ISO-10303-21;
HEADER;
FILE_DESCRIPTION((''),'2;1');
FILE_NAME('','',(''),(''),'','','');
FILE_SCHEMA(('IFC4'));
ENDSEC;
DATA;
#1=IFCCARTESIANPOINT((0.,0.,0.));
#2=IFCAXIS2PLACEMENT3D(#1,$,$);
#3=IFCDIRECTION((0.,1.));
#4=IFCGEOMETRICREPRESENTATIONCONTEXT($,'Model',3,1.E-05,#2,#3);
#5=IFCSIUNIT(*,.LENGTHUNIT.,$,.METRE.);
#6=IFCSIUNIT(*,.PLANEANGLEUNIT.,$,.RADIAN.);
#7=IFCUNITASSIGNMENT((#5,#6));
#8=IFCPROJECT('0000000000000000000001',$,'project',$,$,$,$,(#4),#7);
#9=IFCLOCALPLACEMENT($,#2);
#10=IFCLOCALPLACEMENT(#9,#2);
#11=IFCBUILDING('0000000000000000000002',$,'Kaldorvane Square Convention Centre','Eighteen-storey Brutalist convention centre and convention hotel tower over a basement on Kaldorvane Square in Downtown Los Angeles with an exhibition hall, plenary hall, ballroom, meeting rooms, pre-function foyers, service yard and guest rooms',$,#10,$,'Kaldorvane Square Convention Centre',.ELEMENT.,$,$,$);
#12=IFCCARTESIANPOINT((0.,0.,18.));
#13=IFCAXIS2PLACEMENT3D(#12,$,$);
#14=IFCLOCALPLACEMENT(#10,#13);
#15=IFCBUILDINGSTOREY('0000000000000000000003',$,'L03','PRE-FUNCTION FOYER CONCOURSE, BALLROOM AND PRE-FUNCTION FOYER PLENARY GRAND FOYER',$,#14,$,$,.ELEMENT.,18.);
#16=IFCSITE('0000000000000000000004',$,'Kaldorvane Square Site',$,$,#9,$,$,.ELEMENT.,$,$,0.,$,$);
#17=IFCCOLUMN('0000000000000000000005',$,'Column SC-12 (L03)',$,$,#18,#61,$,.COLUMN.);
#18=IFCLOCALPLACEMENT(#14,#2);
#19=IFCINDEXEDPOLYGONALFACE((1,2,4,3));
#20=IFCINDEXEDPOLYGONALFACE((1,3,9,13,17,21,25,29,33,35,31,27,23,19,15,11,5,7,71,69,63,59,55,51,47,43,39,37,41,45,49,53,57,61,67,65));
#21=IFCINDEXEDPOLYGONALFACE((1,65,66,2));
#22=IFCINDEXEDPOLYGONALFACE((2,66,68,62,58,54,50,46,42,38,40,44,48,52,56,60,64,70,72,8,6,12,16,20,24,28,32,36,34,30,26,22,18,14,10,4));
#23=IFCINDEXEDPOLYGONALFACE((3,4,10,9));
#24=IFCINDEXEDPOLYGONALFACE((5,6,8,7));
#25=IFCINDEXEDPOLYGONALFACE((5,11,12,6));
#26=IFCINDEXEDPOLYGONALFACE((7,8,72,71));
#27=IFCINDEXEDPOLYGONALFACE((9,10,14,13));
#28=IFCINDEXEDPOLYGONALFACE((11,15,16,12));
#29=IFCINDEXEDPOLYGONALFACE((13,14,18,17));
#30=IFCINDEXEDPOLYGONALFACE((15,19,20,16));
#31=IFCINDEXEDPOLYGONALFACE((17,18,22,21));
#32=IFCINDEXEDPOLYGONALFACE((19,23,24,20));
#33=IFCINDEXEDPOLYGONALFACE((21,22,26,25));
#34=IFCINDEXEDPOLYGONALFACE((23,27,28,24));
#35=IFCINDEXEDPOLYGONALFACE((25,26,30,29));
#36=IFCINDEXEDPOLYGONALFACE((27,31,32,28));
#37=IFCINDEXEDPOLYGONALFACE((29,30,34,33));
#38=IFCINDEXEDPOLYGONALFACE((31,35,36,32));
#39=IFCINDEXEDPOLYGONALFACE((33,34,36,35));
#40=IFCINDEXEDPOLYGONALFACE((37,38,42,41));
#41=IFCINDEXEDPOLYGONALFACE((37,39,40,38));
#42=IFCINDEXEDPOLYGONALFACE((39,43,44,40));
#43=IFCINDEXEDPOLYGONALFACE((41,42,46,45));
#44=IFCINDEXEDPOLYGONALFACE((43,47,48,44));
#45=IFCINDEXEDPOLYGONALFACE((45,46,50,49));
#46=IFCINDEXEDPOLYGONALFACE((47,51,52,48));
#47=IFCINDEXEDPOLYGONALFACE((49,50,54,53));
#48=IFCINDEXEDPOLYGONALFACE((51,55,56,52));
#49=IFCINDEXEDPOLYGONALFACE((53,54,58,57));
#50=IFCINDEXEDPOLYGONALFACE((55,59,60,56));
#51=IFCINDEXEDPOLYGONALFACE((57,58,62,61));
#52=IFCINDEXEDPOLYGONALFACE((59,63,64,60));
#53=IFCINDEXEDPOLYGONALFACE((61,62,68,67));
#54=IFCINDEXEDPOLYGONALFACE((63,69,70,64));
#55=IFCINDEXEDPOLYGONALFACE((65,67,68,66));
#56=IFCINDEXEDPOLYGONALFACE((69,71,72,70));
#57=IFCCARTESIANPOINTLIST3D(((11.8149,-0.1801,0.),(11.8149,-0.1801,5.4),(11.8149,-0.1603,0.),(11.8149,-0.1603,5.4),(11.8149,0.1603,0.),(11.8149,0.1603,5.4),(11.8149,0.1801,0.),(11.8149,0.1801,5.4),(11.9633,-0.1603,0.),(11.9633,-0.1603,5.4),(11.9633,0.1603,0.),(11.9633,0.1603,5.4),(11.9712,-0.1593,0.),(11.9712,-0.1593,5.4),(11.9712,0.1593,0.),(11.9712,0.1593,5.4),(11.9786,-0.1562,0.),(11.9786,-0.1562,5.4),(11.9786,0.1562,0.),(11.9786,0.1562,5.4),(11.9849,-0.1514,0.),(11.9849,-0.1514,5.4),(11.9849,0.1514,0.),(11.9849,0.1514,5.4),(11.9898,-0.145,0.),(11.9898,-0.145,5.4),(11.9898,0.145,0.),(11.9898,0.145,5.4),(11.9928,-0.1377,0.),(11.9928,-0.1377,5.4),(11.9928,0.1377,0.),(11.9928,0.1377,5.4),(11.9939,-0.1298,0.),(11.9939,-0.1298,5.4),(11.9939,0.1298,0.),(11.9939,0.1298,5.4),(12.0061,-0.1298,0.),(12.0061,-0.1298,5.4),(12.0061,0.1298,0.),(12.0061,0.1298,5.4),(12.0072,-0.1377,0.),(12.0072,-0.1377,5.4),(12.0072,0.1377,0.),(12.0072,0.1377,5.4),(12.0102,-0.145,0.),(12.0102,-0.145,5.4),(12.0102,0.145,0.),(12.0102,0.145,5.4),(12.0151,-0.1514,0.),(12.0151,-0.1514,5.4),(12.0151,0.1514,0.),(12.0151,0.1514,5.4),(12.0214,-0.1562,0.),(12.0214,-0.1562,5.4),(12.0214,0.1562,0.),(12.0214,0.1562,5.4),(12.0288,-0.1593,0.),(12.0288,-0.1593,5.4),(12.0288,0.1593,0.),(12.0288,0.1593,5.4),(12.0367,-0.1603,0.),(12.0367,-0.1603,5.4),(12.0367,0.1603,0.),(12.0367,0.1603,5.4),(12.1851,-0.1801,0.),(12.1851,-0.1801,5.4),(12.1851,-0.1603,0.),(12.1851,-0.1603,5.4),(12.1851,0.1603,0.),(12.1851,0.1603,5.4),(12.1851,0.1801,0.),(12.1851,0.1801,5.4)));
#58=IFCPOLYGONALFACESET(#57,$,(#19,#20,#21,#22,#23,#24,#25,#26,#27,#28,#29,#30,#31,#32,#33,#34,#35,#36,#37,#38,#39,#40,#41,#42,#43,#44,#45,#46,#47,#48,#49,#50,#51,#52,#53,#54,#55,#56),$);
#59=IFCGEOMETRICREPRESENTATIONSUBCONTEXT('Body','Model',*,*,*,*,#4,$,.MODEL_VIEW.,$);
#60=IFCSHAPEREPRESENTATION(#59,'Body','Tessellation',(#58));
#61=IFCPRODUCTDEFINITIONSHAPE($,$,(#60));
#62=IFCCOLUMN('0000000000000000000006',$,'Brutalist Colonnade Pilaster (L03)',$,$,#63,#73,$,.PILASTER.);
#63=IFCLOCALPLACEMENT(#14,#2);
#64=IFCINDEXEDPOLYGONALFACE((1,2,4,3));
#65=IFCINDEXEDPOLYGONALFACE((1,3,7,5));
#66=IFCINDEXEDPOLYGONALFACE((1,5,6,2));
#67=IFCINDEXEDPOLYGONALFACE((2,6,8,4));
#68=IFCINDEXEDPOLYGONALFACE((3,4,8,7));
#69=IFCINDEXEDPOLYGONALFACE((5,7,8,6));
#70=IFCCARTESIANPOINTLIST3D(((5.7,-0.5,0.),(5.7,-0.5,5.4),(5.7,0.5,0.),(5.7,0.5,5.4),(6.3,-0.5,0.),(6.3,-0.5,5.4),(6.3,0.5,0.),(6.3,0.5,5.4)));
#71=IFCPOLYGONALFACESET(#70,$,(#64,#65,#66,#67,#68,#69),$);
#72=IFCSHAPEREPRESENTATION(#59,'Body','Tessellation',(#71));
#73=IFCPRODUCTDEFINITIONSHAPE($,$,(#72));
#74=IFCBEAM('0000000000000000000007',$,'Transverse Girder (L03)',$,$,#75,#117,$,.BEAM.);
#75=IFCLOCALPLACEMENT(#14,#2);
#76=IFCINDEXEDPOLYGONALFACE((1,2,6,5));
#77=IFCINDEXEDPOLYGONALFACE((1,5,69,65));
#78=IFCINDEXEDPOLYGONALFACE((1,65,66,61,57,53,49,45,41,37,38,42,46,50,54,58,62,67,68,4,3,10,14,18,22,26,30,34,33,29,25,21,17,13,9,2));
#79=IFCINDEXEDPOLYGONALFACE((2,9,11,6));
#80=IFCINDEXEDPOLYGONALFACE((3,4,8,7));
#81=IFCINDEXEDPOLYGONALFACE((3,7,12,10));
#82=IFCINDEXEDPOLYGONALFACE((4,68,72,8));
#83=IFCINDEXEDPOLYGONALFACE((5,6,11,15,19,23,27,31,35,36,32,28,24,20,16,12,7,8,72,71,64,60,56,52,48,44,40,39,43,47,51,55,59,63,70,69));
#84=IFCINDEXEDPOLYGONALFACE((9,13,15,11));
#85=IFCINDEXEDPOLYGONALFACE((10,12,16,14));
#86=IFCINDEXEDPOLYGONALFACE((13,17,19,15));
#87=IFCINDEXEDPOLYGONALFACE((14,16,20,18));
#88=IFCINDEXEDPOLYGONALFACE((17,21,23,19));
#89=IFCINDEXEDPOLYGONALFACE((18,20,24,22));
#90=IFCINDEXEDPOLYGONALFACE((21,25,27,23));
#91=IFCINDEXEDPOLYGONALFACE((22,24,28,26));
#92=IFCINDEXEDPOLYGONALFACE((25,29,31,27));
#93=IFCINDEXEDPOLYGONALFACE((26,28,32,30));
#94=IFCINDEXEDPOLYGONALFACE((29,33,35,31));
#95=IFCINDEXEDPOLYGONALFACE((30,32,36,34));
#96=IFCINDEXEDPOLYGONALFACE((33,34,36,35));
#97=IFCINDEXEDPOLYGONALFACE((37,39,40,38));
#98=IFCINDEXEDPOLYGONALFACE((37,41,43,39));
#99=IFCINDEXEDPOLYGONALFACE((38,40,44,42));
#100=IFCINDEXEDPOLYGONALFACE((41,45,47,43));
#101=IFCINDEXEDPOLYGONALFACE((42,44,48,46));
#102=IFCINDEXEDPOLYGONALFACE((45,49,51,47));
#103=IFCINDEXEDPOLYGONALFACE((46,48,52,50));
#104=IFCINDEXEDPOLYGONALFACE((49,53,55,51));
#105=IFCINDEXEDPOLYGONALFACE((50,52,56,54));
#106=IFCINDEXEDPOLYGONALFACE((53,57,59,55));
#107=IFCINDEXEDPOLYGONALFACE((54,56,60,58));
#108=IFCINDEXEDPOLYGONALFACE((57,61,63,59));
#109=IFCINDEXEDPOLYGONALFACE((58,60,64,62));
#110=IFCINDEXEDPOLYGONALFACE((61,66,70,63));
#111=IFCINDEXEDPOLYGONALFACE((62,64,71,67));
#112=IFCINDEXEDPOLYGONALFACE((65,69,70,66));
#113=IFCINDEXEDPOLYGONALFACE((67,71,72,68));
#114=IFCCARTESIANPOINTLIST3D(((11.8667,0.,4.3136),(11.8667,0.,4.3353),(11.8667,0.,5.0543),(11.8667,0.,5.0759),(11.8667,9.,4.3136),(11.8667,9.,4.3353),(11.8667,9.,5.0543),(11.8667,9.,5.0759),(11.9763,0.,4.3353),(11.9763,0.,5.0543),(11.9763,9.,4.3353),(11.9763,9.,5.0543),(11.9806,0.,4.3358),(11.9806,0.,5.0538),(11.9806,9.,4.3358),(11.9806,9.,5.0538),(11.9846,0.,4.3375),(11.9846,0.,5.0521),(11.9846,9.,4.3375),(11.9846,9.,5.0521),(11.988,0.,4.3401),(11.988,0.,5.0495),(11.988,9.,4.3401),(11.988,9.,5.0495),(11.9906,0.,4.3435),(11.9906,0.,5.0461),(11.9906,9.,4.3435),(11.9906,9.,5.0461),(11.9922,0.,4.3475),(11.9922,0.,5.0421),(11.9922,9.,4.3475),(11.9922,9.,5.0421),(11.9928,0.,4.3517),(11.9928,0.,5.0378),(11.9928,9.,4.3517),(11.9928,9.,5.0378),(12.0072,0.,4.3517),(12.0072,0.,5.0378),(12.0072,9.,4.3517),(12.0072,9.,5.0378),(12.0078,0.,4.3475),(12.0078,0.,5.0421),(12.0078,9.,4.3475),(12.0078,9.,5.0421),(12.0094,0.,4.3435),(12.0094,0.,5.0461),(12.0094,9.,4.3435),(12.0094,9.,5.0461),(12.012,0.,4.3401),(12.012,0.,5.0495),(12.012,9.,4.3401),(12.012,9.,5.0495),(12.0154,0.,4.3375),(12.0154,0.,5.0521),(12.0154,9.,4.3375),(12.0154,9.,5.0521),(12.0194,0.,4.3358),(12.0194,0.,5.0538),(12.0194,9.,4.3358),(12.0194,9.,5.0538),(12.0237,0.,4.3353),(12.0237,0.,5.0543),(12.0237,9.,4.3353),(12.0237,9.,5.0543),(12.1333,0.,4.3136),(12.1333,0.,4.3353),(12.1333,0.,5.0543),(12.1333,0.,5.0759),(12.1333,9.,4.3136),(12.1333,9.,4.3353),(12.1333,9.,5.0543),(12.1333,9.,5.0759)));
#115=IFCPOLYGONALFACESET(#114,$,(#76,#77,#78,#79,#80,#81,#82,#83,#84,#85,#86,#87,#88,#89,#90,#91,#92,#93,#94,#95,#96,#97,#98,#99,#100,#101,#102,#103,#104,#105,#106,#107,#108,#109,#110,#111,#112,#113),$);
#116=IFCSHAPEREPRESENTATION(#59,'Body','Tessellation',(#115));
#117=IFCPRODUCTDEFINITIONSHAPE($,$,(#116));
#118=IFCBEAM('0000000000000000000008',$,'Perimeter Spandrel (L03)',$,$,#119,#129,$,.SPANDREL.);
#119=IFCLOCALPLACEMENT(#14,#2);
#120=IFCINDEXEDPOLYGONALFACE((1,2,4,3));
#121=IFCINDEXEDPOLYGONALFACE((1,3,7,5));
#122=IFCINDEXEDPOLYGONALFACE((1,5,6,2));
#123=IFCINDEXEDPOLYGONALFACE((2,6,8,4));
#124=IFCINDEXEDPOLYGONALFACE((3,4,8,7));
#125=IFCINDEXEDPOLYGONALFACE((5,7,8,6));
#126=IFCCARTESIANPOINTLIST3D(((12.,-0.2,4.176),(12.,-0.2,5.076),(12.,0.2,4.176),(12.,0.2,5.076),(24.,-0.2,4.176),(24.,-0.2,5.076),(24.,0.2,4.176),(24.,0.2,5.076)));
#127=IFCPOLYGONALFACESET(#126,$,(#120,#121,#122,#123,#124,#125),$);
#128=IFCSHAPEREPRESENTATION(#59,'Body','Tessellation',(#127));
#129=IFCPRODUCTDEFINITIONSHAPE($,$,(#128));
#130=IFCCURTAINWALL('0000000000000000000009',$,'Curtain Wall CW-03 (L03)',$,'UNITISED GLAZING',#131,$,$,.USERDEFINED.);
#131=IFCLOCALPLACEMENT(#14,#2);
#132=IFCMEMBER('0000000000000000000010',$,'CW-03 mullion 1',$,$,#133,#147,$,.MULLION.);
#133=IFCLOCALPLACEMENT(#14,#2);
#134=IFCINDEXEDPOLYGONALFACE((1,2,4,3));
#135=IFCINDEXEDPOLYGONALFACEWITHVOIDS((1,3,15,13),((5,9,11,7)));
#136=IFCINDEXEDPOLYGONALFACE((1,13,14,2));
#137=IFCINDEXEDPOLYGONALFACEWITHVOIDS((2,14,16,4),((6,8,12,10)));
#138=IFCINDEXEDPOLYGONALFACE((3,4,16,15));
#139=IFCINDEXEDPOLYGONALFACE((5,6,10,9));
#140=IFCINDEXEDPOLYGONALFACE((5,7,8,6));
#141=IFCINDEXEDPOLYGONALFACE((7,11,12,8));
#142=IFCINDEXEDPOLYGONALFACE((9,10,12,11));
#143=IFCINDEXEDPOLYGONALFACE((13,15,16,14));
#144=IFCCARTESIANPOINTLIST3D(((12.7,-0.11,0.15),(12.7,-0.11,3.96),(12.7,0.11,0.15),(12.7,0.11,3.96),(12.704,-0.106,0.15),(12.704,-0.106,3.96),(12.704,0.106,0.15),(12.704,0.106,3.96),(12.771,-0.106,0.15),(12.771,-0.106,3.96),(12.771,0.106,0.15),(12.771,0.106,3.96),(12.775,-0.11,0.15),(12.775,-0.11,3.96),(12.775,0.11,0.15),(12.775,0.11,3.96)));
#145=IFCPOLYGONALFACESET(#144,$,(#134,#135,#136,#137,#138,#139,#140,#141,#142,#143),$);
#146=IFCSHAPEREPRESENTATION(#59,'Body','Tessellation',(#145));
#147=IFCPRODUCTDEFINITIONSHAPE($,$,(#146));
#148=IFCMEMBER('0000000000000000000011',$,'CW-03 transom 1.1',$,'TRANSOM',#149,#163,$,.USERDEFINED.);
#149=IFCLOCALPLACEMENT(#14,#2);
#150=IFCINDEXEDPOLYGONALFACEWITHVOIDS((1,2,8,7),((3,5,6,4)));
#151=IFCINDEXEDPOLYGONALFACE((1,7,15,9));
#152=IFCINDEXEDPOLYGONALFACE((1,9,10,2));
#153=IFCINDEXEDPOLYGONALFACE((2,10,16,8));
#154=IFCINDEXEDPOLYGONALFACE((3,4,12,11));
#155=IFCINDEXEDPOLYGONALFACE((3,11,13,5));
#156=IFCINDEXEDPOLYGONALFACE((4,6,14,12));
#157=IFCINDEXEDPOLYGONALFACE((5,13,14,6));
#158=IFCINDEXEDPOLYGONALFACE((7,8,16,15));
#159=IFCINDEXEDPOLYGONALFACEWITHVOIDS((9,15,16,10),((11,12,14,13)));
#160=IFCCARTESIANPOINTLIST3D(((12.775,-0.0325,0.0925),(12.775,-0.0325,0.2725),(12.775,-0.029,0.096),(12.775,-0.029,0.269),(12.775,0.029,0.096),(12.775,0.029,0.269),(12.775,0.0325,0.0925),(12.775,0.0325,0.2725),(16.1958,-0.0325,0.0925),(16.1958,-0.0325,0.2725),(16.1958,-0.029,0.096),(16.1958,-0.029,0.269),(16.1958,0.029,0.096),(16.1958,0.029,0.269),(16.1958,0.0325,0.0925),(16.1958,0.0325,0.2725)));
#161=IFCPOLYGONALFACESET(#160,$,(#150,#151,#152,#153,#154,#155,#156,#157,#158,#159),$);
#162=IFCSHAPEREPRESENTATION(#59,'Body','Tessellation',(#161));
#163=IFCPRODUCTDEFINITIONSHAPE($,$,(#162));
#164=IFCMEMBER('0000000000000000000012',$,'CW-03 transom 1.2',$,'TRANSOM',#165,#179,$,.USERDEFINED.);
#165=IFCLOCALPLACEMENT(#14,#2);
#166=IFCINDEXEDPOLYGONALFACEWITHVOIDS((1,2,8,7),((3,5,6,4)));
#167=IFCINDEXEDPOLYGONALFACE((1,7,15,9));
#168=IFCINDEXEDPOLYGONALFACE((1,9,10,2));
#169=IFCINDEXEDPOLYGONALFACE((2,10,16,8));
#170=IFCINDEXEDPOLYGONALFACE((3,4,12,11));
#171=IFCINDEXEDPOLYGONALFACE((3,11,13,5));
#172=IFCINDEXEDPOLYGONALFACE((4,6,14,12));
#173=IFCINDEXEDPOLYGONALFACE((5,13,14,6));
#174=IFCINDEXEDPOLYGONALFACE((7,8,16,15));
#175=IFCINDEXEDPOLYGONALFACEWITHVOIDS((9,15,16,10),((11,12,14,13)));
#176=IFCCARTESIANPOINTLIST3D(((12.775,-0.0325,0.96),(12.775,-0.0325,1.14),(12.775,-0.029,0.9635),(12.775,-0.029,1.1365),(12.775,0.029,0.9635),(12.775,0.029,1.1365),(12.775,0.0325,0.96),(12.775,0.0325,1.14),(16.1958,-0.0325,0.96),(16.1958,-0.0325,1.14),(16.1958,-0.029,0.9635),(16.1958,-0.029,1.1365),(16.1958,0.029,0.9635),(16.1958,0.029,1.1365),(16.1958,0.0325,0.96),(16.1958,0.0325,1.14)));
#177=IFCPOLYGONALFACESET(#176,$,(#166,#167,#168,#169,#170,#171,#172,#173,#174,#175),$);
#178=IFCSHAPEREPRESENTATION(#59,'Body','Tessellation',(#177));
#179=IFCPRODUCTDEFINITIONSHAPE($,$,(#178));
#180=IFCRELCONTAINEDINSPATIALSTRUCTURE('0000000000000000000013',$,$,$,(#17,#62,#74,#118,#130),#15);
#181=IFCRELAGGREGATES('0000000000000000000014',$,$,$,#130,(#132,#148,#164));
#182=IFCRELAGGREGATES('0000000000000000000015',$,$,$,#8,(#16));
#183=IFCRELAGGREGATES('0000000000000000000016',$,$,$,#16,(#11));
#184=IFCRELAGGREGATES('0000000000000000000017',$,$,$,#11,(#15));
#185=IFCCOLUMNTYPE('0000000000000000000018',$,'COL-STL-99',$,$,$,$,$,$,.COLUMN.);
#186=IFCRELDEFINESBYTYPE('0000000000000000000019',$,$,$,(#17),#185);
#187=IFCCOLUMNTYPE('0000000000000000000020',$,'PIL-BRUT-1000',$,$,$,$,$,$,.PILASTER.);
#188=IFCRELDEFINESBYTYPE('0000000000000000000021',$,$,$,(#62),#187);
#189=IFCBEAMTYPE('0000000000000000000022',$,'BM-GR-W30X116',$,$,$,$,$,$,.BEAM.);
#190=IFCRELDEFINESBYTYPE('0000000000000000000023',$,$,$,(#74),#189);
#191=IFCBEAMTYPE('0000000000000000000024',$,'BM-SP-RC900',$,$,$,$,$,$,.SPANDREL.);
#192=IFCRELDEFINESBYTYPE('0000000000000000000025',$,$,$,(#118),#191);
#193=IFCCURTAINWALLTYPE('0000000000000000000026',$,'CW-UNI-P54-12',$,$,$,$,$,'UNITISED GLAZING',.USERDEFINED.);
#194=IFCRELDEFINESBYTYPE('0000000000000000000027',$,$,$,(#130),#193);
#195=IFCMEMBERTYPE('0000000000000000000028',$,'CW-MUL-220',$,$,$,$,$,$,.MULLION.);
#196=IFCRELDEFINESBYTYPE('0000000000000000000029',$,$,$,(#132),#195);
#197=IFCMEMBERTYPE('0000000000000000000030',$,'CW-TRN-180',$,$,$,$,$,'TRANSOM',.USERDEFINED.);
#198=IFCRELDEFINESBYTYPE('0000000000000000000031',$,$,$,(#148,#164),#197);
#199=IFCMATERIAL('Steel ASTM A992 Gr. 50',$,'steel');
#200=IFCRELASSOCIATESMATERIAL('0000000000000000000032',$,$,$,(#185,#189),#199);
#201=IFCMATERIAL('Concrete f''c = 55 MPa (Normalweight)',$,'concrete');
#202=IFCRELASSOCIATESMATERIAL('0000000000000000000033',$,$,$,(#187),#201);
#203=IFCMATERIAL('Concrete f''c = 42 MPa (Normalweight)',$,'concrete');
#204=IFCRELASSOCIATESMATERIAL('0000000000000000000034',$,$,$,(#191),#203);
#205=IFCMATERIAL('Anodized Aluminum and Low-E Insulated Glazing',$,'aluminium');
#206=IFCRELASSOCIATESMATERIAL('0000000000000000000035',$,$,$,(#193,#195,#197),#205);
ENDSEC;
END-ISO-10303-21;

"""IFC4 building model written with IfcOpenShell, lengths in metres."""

from ifc_helpers import new_model, si_unit, direction, frame, origin, origin_2d, place, context, subcontext, project, spatial, rectangle, hollow_rectangle, i_section, extrude, material, material_profile, profile_set, type_object, element, aggregate, save


model = new_model("IFC4")

# Units and contexts
model_context = context("Model", 3, precision=1e-05, world=origin(), true_north=direction((0.0, 1.0)))
body_context = subcontext(model_context, "Body", "Model", "MODEL_VIEW")
ifc_project = project(units=[si_unit("LENGTHUNIT", "METRE"), si_unit("PLANEANGLEUNIT", "RADIAN")], contexts=[model_context])

# Site, building, storey
site_placement = place(None, origin())
site = spatial("IfcSite", under=ifc_project, at=site_placement, Name="Kaldorvane Square Site", CompositionType="ELEMENT", RefElevation=0.0)
building_placement = place(site_placement, origin())
building = spatial("IfcBuilding", under=site, at=building_placement, Name="Kaldorvane Square Convention Centre", Description="Eighteen-storey Brutalist convention centre and convention hotel tower over a basement on Kaldorvane Square in Downtown Los Angeles with an exhibition hall, plenary hall, ballroom, meeting rooms, pre-function foyers, service yard and guest rooms", LongName="Kaldorvane Square Convention Centre", CompositionType="ELEMENT")
storey_placement = place(building_placement, frame((0.0, 0.0, 18.0)))
storey = spatial("IfcBuildingStorey", under=building, at=storey_placement, Name="L03", Description="PRE-FUNCTION FOYER CONCOURSE, BALLROOM AND PRE-FUNCTION FOYER PLENARY GRAND FOYER", CompositionType="ELEMENT", Elevation=18.0)

# Columns
ifc_material_1 = material(Name="Steel ASTM A992 Gr. 50", Category="steel")
ifc_material_profile_1 = material_profile(ifc_material_1, i_section(OverallWidth=0.3701, OverallDepth=0.3602, WebThickness=0.0123, FlangeThickness=0.0198, FilletRadius=0.0305, at=origin_2d()), Name="W14X99")
ifc_profile_set_1 = profile_set([ifc_material_profile_1], Name="Steel ASTM A992 Gr. 50")
column_type_1 = type_object("IfcColumnType", Name="COL-STL-99", PredefinedType="COLUMN", material=ifc_profile_set_1)
column_1_placement = place(storey_placement, frame((12.0, 0.0, 0.0), z_axis=(0.0, 0.0, 1.0), x_axis=(1.0, 0.0, 0.0)))
element("IfcColumn", 1, at=column_1_placement, inside=storey, type_object=column_type_1, Name="Column SC-12 (L03)", PredefinedType="COLUMN", context=body_context, shape_type="SweptSolid", body=[
    extrude(i_section(OverallWidth=0.3701, OverallDepth=0.3602, WebThickness=0.0123, FlangeThickness=0.0198, FilletRadius=0.0305, at=origin_2d()), origin(), (0.0, 0.0, 1.0), 5.4),
])
ifc_material_2 = material(Name="Concrete f'c = 55 MPa (Normalweight)", Category="concrete")
ifc_material_profile_2 = material_profile(ifc_material_2, rectangle(XDim=0.6, YDim=1.0, at=origin_2d()), Name="PIL1000X600")
ifc_profile_set_2 = profile_set([ifc_material_profile_2], Name="Concrete f'c = 55 MPa (Normalweight)")
column_type_2 = type_object("IfcColumnType", Name="PIL-BRUT-1000", PredefinedType="PILASTER", material=ifc_profile_set_2)
column_2_placement = place(storey_placement, frame((6.0, 0.0, 0.0), z_axis=(0.0, 0.0, 1.0), x_axis=(1.0, 0.0, 0.0)))
element("IfcColumn", 2, at=column_2_placement, inside=storey, type_object=column_type_2, Name="Brutalist Colonnade Pilaster (L03)", PredefinedType="PILASTER", context=body_context, shape_type="SweptSolid", body=[
    extrude(rectangle(XDim=0.6, YDim=1.0, at=origin_2d()), origin(), (0.0, 0.0, 1.0), 5.4),
])

# Beams
ifc_material_profile_3 = material_profile(ifc_material_1, i_section(OverallWidth=0.2666, OverallDepth=0.7623, WebThickness=0.0144, FlangeThickness=0.0216, FilletRadius=0.0165, at=origin_2d()), Name="W30X116")
ifc_profile_set_3 = profile_set([ifc_material_profile_3], Name="Steel ASTM A992 Gr. 50")
beam_type_1 = type_object("IfcBeamType", Name="BM-GR-W30X116", PredefinedType="BEAM", material=ifc_profile_set_3)
beam_1_placement = place(storey_placement, frame((12.0, 0.0, 4.6948), z_axis=(0.0, 1.0, 0.0), x_axis=(-1.0, 0.0, 0.0)))
element("IfcBeam", 3, at=beam_1_placement, inside=storey, type_object=beam_type_1, Name="Transverse Girder (L03)", PredefinedType="BEAM", context=body_context, shape_type="SweptSolid", body=[
    extrude(i_section(OverallWidth=0.2666, OverallDepth=0.7623, WebThickness=0.0144, FlangeThickness=0.0216, FilletRadius=0.0165, at=origin_2d()), origin(), (0.0, 0.0, 1.0), 9.0),
])
ifc_material_3 = material(Name="Concrete f'c = 42 MPa (Normalweight)", Category="concrete")
ifc_material_profile_4 = material_profile(ifc_material_3, rectangle(XDim=0.4, YDim=0.9, at=origin_2d()), Name="RCSP900X400")
ifc_profile_set_4 = profile_set([ifc_material_profile_4], Name="Concrete f'c = 42 MPa (Normalweight)")
beam_type_2 = type_object("IfcBeamType", Name="BM-SP-RC900", PredefinedType="SPANDREL", material=ifc_profile_set_4)
beam_2_placement = place(storey_placement, frame((12.0, 0.0, 4.626), z_axis=(1.0, 0.0, 0.0), x_axis=(0.0, 1.0, 0.0)))
element("IfcBeam", 4, at=beam_2_placement, inside=storey, type_object=beam_type_2, Name="Perimeter Spandrel (L03)", PredefinedType="SPANDREL", context=body_context, shape_type="SweptSolid", body=[
    extrude(rectangle(XDim=0.4, YDim=0.9, at=origin_2d()), origin(), (0.0, 0.0, 1.0), 12.0),
])

# Curtain wall, members
ifc_material_4 = material(Name="Anodized Aluminum and Low-E Insulated Glazing", Category="aluminium")
curtain_wall_type = type_object("IfcCurtainWallType", Name="CW-UNI-P54-12", ElementType="UNITISED GLAZING", PredefinedType="USERDEFINED", material=ifc_material_4)
curtain_wall_placement = place(storey_placement, origin())
curtain_wall = element("IfcCurtainWall", 5, at=curtain_wall_placement, inside=storey, type_object=curtain_wall_type, Name="Curtain Wall CW-03 (L03)", ObjectType="UNITISED GLAZING", PredefinedType="USERDEFINED")
ifc_material_profile_5 = material_profile(ifc_material_4, hollow_rectangle(XDim=0.075, YDim=0.22, WallThickness=0.004, at=origin_2d()), Name="CWM-220X75")
ifc_profile_set_5 = profile_set([ifc_material_profile_5], Name="Anodized Aluminum and Low-E Insulated Glazing")
member_type_1 = type_object("IfcMemberType", Name="CW-MUL-220", PredefinedType="MULLION", material=ifc_profile_set_5)
member_1_placement = place(storey_placement, frame((12.7375, 0.0, 0.15), z_axis=(0.0, 0.0, 1.0), x_axis=(1.0, 0.0, 0.0)))
member_1 = element("IfcMember", 6, at=member_1_placement, type_object=member_type_1, Name="CW-03 mullion 1", PredefinedType="MULLION", context=body_context, shape_type="SweptSolid", body=[
    extrude(hollow_rectangle(XDim=0.075, YDim=0.22, WallThickness=0.004, at=origin_2d()), origin(), (0.0, 0.0, 1.0), 3.81),
])
ifc_material_profile_6 = material_profile(ifc_material_4, hollow_rectangle(XDim=0.065, YDim=0.18, WallThickness=0.0035, at=origin_2d()), Name="CWT-180X65")
ifc_profile_set_6 = profile_set([ifc_material_profile_6], Name="Anodized Aluminum and Low-E Insulated Glazing")
member_type_2 = type_object("IfcMemberType", Name="CW-TRN-180", ElementType="TRANSOM", PredefinedType="USERDEFINED", material=ifc_profile_set_6)
member_2_placement = place(storey_placement, frame((12.775, 0.0, 0.1825), z_axis=(1.0, 0.0, 0.0), x_axis=(0.0, 1.0, 0.0)))
member_2 = element("IfcMember", 7, at=member_2_placement, type_object=member_type_2, Name="CW-03 transom 1.1", ObjectType="TRANSOM", PredefinedType="USERDEFINED", context=body_context, shape_type="SweptSolid", body=[
    extrude(hollow_rectangle(XDim=0.065, YDim=0.18, WallThickness=0.0035, at=origin_2d()), origin(), (0.0, 0.0, 1.0), 3.4208),
])
member_3_placement = place(storey_placement, frame((12.775, 0.0, 1.05), z_axis=(1.0, 0.0, 0.0), x_axis=(0.0, 1.0, 0.0)))
member_3 = element("IfcMember", 8, at=member_3_placement, type_object=member_type_2, Name="CW-03 transom 1.2", ObjectType="TRANSOM", PredefinedType="USERDEFINED", context=body_context, shape_type="SweptSolid", body=[
    extrude(hollow_rectangle(XDim=0.065, YDim=0.18, WallThickness=0.0035, at=origin_2d()), origin(), (0.0, 0.0, 1.0), 3.4208),
])
aggregate(curtain_wall, [member_1, member_2, member_3])

save(model, "model.ifc")
